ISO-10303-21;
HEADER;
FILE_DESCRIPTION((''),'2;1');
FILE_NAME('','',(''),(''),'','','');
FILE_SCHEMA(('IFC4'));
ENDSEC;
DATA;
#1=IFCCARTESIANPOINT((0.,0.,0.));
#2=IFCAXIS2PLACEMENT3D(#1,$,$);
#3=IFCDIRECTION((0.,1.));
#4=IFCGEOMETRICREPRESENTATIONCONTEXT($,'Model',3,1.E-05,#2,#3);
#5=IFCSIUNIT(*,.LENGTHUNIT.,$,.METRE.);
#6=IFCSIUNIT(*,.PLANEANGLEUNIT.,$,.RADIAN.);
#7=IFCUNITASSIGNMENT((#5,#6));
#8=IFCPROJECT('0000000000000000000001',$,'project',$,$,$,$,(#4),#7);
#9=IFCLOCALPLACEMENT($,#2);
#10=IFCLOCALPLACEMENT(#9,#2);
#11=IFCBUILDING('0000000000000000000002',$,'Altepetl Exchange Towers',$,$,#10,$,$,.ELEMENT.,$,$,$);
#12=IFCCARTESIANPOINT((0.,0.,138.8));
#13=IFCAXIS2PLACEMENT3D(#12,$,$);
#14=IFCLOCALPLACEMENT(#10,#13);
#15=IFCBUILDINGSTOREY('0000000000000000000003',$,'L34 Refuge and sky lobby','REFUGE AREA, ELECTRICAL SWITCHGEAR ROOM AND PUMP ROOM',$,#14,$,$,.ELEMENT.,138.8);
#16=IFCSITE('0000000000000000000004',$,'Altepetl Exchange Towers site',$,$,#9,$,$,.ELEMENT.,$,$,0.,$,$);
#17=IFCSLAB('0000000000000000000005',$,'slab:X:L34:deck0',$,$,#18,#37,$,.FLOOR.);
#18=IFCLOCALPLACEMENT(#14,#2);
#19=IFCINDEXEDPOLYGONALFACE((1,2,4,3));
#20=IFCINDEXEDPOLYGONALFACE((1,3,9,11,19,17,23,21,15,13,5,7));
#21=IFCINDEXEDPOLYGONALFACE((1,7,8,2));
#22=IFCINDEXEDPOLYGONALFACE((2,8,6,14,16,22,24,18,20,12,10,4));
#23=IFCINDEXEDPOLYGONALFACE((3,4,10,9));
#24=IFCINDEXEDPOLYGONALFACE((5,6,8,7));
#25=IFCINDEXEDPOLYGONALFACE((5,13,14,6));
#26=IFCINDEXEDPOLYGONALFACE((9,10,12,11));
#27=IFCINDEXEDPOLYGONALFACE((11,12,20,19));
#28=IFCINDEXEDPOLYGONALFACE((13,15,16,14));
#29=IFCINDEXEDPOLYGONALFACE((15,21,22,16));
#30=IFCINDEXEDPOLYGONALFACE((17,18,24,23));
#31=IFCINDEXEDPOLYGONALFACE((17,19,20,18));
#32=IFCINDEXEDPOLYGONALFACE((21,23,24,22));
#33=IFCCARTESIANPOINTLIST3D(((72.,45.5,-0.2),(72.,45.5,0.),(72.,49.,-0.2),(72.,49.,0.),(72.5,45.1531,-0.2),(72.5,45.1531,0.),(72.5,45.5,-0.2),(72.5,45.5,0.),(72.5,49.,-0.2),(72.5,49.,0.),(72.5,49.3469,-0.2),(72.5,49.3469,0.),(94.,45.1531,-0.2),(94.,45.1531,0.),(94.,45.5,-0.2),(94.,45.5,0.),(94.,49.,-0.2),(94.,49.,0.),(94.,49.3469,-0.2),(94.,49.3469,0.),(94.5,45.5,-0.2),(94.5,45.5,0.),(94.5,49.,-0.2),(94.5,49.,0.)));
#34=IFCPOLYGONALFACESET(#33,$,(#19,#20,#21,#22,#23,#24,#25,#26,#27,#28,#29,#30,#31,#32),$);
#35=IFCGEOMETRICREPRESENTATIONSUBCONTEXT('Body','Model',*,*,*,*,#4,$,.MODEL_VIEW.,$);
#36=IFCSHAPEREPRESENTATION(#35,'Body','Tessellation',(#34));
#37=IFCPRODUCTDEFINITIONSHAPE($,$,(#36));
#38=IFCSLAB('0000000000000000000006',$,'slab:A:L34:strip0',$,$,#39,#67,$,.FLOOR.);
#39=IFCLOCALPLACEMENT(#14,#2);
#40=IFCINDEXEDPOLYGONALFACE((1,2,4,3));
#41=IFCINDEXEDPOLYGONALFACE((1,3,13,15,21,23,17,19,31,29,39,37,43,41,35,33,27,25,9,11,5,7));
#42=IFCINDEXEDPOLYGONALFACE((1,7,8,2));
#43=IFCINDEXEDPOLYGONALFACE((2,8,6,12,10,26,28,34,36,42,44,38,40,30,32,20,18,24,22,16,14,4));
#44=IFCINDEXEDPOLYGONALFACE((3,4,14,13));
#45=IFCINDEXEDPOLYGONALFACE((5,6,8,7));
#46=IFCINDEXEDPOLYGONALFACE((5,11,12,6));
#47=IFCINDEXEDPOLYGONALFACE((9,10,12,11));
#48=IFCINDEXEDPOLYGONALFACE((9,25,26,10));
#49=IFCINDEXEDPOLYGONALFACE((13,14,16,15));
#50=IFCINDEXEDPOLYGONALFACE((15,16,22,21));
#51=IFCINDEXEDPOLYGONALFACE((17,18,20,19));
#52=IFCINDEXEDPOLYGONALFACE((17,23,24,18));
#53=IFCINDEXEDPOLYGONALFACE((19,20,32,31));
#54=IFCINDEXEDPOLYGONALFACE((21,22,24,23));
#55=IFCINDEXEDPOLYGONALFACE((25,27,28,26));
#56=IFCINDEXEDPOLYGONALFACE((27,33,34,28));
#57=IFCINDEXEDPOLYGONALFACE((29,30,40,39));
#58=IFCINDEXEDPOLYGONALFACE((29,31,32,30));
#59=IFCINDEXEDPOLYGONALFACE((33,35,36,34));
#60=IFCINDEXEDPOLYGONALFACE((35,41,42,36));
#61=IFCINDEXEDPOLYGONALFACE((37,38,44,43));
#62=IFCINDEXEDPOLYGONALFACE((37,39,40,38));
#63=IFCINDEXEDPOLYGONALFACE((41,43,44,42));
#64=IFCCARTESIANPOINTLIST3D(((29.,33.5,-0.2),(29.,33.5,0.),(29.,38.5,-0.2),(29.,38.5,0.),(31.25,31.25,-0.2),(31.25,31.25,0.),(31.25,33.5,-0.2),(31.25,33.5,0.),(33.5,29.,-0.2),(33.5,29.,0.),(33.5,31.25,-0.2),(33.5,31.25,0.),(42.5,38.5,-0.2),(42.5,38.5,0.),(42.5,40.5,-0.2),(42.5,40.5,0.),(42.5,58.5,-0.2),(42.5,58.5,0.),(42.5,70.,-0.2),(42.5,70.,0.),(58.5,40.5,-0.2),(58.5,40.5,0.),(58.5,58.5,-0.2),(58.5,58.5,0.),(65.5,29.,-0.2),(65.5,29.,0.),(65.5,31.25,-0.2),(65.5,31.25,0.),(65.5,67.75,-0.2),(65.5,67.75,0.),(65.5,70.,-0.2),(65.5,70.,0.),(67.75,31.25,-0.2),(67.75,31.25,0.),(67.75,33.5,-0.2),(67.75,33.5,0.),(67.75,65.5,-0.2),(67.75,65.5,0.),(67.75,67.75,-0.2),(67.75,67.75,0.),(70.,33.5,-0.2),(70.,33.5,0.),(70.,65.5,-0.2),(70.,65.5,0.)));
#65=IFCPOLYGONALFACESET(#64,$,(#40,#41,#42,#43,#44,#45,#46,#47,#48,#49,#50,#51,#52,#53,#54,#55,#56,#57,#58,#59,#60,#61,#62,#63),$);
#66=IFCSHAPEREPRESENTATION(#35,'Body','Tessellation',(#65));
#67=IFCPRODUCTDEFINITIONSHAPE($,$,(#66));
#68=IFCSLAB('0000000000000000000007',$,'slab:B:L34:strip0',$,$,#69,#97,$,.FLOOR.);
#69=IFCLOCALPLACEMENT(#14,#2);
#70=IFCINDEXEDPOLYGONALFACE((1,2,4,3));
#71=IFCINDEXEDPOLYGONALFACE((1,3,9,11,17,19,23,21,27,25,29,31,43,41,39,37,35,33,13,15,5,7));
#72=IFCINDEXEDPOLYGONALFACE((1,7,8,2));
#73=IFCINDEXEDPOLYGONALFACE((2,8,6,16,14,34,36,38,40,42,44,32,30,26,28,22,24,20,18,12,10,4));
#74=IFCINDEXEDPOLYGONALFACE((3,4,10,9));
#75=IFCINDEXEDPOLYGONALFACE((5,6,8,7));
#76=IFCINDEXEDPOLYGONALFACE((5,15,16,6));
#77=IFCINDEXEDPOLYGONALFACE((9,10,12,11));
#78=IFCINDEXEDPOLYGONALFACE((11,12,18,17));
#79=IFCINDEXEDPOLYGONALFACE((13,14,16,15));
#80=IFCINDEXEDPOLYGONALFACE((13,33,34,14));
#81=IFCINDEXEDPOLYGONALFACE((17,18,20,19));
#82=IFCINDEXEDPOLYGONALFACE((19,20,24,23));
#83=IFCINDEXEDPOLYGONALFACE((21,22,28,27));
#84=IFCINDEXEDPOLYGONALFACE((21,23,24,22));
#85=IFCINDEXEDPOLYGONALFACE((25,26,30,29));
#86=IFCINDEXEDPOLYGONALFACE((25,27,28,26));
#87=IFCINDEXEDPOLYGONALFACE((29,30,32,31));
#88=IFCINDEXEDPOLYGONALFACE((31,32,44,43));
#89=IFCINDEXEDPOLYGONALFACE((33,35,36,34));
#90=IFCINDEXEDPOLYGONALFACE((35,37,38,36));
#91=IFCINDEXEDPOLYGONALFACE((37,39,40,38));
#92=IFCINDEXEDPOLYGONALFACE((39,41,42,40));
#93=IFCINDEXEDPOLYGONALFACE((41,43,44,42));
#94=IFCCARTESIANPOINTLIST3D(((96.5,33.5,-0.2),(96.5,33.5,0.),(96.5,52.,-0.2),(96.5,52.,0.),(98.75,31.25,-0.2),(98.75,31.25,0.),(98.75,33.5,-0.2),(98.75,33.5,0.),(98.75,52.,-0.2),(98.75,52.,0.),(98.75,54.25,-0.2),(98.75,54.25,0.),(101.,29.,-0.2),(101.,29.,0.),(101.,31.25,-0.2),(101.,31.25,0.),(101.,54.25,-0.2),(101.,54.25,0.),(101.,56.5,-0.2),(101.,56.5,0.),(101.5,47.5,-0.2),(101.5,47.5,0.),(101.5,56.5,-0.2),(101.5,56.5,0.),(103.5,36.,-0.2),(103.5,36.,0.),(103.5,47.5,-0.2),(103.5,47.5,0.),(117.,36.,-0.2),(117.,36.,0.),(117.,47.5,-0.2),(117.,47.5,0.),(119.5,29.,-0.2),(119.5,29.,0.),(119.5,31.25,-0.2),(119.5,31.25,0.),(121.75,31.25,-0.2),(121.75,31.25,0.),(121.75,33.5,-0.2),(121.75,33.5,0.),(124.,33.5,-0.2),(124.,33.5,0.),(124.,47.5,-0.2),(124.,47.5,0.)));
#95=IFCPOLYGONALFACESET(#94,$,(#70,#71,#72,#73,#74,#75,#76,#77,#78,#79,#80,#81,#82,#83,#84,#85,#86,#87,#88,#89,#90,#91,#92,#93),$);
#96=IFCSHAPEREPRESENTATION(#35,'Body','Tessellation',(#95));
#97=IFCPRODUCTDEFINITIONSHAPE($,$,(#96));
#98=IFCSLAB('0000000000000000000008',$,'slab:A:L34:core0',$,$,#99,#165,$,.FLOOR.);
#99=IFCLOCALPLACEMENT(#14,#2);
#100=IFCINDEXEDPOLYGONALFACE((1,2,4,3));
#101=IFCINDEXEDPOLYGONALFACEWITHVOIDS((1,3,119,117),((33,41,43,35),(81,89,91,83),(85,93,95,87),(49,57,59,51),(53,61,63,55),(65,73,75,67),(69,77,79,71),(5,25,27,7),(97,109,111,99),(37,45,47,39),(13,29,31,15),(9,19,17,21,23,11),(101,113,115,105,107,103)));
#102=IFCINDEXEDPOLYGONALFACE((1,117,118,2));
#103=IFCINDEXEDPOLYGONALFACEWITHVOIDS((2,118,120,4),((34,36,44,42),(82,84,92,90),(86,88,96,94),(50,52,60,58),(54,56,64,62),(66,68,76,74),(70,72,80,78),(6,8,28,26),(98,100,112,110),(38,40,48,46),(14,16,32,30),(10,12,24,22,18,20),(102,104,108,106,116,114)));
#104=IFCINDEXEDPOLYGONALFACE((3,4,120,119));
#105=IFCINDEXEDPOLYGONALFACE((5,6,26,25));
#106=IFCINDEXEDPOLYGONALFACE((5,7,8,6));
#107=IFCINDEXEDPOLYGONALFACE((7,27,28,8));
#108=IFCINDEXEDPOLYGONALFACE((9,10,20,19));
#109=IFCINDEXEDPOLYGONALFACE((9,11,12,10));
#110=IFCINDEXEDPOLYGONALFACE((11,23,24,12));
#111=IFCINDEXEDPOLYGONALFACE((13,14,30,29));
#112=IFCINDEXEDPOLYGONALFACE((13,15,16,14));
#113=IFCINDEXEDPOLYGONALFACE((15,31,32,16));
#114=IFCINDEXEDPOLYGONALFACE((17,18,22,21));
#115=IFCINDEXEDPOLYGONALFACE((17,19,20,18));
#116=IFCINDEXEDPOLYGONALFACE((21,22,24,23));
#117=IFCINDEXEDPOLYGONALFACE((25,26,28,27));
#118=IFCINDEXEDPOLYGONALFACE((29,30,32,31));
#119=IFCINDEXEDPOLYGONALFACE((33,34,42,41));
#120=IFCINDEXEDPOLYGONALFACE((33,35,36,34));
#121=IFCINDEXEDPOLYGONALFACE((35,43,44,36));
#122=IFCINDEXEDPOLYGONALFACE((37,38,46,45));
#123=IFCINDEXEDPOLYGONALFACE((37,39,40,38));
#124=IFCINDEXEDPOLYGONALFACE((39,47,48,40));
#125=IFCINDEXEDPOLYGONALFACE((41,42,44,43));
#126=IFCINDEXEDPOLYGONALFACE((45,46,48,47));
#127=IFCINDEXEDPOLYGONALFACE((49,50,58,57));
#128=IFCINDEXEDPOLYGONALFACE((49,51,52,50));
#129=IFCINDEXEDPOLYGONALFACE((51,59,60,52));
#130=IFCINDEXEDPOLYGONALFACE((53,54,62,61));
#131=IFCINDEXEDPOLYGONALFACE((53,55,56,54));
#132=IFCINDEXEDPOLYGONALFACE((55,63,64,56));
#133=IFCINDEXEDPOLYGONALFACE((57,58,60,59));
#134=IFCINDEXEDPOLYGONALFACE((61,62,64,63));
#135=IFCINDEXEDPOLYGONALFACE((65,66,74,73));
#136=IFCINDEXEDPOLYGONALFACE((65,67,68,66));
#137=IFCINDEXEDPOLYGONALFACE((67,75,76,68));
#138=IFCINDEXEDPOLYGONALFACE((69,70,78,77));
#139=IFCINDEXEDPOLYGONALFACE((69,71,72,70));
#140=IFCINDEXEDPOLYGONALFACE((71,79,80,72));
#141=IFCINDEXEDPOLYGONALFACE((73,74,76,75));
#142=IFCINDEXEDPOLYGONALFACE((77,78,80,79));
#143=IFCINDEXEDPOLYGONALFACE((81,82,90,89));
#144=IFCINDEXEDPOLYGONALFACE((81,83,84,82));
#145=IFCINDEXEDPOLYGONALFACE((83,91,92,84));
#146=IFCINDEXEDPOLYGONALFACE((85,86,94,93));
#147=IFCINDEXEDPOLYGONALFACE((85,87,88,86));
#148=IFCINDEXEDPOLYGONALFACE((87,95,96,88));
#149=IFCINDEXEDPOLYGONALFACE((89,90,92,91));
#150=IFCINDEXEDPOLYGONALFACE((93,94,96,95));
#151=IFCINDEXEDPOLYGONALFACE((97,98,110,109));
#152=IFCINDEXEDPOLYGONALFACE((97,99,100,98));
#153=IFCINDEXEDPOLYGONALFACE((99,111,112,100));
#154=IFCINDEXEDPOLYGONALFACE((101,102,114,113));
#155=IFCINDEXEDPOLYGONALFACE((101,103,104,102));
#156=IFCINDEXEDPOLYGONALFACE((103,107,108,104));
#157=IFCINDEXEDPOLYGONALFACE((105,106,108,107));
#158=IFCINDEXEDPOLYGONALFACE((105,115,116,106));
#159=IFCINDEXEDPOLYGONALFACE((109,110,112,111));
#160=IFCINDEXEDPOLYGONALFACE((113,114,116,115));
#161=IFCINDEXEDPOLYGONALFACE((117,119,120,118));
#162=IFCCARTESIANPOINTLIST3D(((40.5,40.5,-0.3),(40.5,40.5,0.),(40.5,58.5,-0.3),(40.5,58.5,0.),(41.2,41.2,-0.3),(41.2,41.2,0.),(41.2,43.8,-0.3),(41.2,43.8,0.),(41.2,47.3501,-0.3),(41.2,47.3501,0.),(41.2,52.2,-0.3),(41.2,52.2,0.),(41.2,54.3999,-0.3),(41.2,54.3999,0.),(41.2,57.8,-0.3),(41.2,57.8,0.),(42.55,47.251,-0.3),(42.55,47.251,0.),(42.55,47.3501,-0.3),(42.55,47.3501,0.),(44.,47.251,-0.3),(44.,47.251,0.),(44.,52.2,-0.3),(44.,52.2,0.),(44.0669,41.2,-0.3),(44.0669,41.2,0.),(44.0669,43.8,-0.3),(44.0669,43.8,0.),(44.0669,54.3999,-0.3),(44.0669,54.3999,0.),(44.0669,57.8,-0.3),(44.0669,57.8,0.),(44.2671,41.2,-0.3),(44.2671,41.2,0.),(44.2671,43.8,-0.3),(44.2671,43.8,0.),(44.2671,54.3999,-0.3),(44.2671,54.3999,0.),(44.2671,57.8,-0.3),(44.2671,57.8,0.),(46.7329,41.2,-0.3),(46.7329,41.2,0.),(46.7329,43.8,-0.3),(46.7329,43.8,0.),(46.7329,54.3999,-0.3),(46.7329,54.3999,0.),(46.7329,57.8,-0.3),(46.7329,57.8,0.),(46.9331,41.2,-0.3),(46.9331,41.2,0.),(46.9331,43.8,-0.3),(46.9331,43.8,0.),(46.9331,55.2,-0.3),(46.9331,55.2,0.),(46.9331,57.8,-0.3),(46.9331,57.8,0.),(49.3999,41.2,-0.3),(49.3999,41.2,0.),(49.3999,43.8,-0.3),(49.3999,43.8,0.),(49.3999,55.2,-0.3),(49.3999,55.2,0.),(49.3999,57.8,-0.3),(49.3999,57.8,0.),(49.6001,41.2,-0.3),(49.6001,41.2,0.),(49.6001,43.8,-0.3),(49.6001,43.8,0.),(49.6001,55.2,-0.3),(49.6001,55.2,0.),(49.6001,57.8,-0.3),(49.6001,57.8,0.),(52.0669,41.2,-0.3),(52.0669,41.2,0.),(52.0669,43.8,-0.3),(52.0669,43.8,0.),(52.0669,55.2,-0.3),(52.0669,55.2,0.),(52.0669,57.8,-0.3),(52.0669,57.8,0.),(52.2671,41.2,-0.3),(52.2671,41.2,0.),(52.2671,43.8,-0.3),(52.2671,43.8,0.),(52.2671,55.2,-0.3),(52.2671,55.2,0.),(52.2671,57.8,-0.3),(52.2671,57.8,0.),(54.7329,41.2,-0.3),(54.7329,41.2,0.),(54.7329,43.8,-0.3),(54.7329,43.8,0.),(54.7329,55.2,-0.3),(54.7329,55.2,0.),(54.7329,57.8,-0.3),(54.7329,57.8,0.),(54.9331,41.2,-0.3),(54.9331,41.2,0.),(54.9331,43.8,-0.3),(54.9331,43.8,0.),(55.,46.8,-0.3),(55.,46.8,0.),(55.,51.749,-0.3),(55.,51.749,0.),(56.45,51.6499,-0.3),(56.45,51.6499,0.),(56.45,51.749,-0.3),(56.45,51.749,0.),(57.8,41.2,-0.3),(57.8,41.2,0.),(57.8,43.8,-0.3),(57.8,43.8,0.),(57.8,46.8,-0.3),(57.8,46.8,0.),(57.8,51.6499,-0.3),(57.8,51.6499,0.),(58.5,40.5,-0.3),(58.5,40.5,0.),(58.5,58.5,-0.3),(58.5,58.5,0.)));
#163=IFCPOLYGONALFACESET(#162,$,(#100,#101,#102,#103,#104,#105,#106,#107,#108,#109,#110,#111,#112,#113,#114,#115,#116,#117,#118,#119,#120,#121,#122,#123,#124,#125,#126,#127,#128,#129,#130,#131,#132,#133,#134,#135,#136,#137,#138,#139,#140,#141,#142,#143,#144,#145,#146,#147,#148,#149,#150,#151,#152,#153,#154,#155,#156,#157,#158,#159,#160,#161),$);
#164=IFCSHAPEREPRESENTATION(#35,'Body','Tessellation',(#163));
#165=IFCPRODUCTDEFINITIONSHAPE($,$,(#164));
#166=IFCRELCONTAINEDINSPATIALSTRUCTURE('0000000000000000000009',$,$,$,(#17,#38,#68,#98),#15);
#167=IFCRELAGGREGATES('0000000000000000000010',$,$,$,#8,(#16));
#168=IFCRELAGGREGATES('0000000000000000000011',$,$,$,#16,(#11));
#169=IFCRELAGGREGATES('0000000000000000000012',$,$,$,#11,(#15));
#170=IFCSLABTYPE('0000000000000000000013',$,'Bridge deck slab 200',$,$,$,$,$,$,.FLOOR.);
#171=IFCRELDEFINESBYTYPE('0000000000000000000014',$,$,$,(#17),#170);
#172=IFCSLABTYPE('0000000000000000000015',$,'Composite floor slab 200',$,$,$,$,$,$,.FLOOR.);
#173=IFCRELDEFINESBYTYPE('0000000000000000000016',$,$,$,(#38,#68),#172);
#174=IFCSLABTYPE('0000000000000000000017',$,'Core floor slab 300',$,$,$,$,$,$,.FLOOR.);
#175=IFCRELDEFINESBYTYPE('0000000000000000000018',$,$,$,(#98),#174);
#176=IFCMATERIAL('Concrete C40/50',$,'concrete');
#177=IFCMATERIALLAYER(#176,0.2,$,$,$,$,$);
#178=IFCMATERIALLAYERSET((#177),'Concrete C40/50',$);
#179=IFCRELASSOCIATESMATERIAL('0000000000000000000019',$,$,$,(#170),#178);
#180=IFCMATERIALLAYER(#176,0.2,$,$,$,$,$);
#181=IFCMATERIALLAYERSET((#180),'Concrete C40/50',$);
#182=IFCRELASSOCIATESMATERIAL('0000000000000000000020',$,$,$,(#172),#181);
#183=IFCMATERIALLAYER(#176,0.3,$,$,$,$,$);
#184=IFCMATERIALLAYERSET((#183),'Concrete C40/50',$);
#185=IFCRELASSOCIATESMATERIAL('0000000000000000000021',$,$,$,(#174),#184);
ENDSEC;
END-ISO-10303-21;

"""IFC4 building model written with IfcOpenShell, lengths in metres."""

from ifc_helpers import new_model, si_unit, direction, frame, origin, place, context, subcontext, project, spatial, polyline, outline, extrude, material, layer, layer_set, type_object, element, save


model = new_model("IFC4")

# Units and contexts
model_context = context("Model", 3, precision=1e-05, world=origin(), true_north=direction((0.0, 1.0)))
body_context = subcontext(model_context, "Body", "Model", "MODEL_VIEW")
ifc_project = project(units=[si_unit("LENGTHUNIT", "METRE"), si_unit("PLANEANGLEUNIT", "RADIAN")], contexts=[model_context])

# Site, building, storey
site_placement = place(None, origin())
site = spatial("IfcSite", under=ifc_project, at=site_placement, Name="Altepetl Exchange Towers site", CompositionType="ELEMENT", RefElevation=0.0)
building_placement = place(site_placement, origin())
building = spatial("IfcBuilding", under=site, at=building_placement, Name="Altepetl Exchange Towers", CompositionType="ELEMENT")
storey_placement = place(building_placement, frame((0.0, 0.0, 138.8)))
storey = spatial("IfcBuildingStorey", under=building, at=storey_placement, Name="L34 Refuge and sky lobby", Description="REFUGE AREA, ELECTRICAL SWITCHGEAR ROOM AND PUMP ROOM", CompositionType="ELEMENT", Elevation=138.8)

# Slabs
ifc_material_1 = material(Name="Concrete C40/50", Category="concrete")
ifc_layer_1 = layer(ifc_material_1, 0.2)
ifc_layer_set_1 = layer_set([ifc_layer_1], Name="Concrete C40/50")
slab_type_1 = type_object("IfcSlabType", Name="Bridge deck slab 200", PredefinedType="FLOOR", material=ifc_layer_set_1)
slab_1_placement = place(storey_placement, frame((0.0, 0.0, -0.2)))
element("IfcSlab", 1, at=slab_1_placement, inside=storey, type_object=slab_type_1, Name="slab:X:L34:deck0", PredefinedType="FLOOR", context=body_context, shape_type="SweptSolid", body=[
    extrude(outline(polyline([(94.0, 45.5), (94.5, 45.5), (94.5, 49.0), (94.0, 49.0), (94.0, 49.3469), (72.5, 49.3469), (72.5, 49.0), (72.0, 49.0), (72.0, 45.5), (72.5, 45.5), (72.5, 45.1531), (94.0, 45.1531), (94.0, 45.5)])), origin(), (0.0, 0.0, 1.0), 0.2),
])
ifc_layer_2 = layer(ifc_material_1, 0.2)
ifc_layer_set_2 = layer_set([ifc_layer_2], Name="Concrete C40/50")
slab_type_2 = type_object("IfcSlabType", Name="Composite floor slab 200", PredefinedType="FLOOR", material=ifc_layer_set_2)
slab_2_placement = place(storey_placement, frame((0.0, 0.0, -0.2)))
element("IfcSlab", 2, at=slab_2_placement, inside=storey, type_object=slab_type_2, Name="slab:A:L34:strip0", PredefinedType="FLOOR", context=body_context, shape_type="SweptSolid", body=[
    extrude(outline(polyline([(42.5, 70.0), (42.5, 58.5), (58.5, 58.5), (58.5, 40.5), (42.5, 40.5), (42.5, 38.5), (29.0, 38.5), (29.0, 33.5), (31.25, 33.5), (31.25, 31.25), (33.5, 31.25), (33.5, 29.0), (65.5, 29.0), (65.5, 31.25), (67.75, 31.25), (67.75, 33.5), (70.0, 33.5), (70.0, 65.5), (67.75, 65.5), (67.75, 67.75), (65.5, 67.75), (65.5, 70.0), (42.5, 70.0)])), origin(), (0.0, 0.0, 1.0), 0.2),
])
slab_3_placement = place(storey_placement, frame((0.0, 0.0, -0.2)))
element("IfcSlab", 3, at=slab_3_placement, inside=storey, type_object=slab_type_2, Name="slab:B:L34:strip0", PredefinedType="FLOOR", context=body_context, shape_type="SweptSolid", body=[
    extrude(outline(polyline([(98.75, 54.25), (98.75, 52.0), (96.5, 52.0), (96.5, 33.5), (98.75, 33.5), (98.75, 31.25), (101.0, 31.25), (101.0, 29.0), (119.5, 29.0), (119.5, 31.25), (121.75, 31.25), (121.75, 33.5), (124.0, 33.5), (124.0, 47.5), (117.0, 47.5), (117.0, 36.0), (103.5, 36.0), (103.5, 47.5), (101.5, 47.5), (101.5, 56.5), (101.0, 56.5), (101.0, 54.25), (98.75, 54.25)])), origin(), (0.0, 0.0, 1.0), 0.2),
])
ifc_layer_3 = layer(ifc_material_1, 0.3)
ifc_layer_set_3 = layer_set([ifc_layer_3], Name="Concrete C40/50")
slab_type_3 = type_object("IfcSlabType", Name="Core floor slab 300", PredefinedType="FLOOR", material=ifc_layer_set_3)
slab_4_placement = place(storey_placement, frame((0.0, 0.0, -0.3)))
element("IfcSlab", 4, at=slab_4_placement, inside=storey, type_object=slab_type_3, Name="slab:A:L34:core0", PredefinedType="FLOOR", context=body_context, shape_type="SweptSolid", body=[
    extrude(outline(polyline([(40.5, 40.5), (58.5, 40.5), (58.5, 58.5), (40.5, 58.5), (40.5, 40.5)]), holes=[polyline([(41.2, 43.8), (44.0669, 43.8), (44.0669, 41.2), (41.2, 41.2), (41.2, 43.8)]), polyline([(46.7329, 43.8), (46.7329, 41.2), (44.2671, 41.2), (44.2671, 43.8), (46.7329, 43.8)]), polyline([(49.3999, 43.8), (49.3999, 41.2), (46.9331, 41.2), (46.9331, 43.8), (49.3999, 43.8)]), polyline([(44.0, 47.251), (42.55, 47.251), (42.55, 47.3501), (41.2, 47.3501), (41.2, 52.2), (44.0, 52.2), (44.0, 47.251)]), polyline([(44.0669, 57.8), (44.0669, 54.3999), (41.2, 54.3999), (41.2, 57.8), (44.0669, 57.8)]), polyline([(46.7329, 57.8), (46.7329, 54.3999), (44.2671, 54.3999), (44.2671, 57.8), (46.7329, 57.8)]), polyline([(46.9331, 57.8), (49.3999, 57.8), (49.3999, 55.2), (46.9331, 55.2), (46.9331, 57.8)]), polyline([(52.0669, 43.8), (52.0669, 41.2), (49.6001, 41.2), (49.6001, 43.8), (52.0669, 43.8)]), polyline([(54.7329, 43.8), (54.7329, 41.2), (52.2671, 41.2), (52.2671, 43.8), (54.7329, 43.8)]), polyline([(57.8, 43.8), (57.8, 41.2), (54.9331, 41.2), (54.9331, 43.8), (57.8, 43.8)]), polyline([(56.45, 51.749), (56.45, 51.6499), (57.8, 51.6499), (57.8, 46.8), (55.0, 46.8), (55.0, 51.749), (56.45, 51.749)]), polyline([(52.0669, 57.8), (52.0669, 55.2), (49.6001, 55.2), (49.6001, 57.8), (52.0669, 57.8)]), polyline([(54.7329, 57.8), (54.7329, 55.2), (52.2671, 55.2), (52.2671, 57.8), (54.7329, 57.8)])]), origin(), (0.0, 0.0, 1.0), 0.3),
])

save(model, "model.ifc")
